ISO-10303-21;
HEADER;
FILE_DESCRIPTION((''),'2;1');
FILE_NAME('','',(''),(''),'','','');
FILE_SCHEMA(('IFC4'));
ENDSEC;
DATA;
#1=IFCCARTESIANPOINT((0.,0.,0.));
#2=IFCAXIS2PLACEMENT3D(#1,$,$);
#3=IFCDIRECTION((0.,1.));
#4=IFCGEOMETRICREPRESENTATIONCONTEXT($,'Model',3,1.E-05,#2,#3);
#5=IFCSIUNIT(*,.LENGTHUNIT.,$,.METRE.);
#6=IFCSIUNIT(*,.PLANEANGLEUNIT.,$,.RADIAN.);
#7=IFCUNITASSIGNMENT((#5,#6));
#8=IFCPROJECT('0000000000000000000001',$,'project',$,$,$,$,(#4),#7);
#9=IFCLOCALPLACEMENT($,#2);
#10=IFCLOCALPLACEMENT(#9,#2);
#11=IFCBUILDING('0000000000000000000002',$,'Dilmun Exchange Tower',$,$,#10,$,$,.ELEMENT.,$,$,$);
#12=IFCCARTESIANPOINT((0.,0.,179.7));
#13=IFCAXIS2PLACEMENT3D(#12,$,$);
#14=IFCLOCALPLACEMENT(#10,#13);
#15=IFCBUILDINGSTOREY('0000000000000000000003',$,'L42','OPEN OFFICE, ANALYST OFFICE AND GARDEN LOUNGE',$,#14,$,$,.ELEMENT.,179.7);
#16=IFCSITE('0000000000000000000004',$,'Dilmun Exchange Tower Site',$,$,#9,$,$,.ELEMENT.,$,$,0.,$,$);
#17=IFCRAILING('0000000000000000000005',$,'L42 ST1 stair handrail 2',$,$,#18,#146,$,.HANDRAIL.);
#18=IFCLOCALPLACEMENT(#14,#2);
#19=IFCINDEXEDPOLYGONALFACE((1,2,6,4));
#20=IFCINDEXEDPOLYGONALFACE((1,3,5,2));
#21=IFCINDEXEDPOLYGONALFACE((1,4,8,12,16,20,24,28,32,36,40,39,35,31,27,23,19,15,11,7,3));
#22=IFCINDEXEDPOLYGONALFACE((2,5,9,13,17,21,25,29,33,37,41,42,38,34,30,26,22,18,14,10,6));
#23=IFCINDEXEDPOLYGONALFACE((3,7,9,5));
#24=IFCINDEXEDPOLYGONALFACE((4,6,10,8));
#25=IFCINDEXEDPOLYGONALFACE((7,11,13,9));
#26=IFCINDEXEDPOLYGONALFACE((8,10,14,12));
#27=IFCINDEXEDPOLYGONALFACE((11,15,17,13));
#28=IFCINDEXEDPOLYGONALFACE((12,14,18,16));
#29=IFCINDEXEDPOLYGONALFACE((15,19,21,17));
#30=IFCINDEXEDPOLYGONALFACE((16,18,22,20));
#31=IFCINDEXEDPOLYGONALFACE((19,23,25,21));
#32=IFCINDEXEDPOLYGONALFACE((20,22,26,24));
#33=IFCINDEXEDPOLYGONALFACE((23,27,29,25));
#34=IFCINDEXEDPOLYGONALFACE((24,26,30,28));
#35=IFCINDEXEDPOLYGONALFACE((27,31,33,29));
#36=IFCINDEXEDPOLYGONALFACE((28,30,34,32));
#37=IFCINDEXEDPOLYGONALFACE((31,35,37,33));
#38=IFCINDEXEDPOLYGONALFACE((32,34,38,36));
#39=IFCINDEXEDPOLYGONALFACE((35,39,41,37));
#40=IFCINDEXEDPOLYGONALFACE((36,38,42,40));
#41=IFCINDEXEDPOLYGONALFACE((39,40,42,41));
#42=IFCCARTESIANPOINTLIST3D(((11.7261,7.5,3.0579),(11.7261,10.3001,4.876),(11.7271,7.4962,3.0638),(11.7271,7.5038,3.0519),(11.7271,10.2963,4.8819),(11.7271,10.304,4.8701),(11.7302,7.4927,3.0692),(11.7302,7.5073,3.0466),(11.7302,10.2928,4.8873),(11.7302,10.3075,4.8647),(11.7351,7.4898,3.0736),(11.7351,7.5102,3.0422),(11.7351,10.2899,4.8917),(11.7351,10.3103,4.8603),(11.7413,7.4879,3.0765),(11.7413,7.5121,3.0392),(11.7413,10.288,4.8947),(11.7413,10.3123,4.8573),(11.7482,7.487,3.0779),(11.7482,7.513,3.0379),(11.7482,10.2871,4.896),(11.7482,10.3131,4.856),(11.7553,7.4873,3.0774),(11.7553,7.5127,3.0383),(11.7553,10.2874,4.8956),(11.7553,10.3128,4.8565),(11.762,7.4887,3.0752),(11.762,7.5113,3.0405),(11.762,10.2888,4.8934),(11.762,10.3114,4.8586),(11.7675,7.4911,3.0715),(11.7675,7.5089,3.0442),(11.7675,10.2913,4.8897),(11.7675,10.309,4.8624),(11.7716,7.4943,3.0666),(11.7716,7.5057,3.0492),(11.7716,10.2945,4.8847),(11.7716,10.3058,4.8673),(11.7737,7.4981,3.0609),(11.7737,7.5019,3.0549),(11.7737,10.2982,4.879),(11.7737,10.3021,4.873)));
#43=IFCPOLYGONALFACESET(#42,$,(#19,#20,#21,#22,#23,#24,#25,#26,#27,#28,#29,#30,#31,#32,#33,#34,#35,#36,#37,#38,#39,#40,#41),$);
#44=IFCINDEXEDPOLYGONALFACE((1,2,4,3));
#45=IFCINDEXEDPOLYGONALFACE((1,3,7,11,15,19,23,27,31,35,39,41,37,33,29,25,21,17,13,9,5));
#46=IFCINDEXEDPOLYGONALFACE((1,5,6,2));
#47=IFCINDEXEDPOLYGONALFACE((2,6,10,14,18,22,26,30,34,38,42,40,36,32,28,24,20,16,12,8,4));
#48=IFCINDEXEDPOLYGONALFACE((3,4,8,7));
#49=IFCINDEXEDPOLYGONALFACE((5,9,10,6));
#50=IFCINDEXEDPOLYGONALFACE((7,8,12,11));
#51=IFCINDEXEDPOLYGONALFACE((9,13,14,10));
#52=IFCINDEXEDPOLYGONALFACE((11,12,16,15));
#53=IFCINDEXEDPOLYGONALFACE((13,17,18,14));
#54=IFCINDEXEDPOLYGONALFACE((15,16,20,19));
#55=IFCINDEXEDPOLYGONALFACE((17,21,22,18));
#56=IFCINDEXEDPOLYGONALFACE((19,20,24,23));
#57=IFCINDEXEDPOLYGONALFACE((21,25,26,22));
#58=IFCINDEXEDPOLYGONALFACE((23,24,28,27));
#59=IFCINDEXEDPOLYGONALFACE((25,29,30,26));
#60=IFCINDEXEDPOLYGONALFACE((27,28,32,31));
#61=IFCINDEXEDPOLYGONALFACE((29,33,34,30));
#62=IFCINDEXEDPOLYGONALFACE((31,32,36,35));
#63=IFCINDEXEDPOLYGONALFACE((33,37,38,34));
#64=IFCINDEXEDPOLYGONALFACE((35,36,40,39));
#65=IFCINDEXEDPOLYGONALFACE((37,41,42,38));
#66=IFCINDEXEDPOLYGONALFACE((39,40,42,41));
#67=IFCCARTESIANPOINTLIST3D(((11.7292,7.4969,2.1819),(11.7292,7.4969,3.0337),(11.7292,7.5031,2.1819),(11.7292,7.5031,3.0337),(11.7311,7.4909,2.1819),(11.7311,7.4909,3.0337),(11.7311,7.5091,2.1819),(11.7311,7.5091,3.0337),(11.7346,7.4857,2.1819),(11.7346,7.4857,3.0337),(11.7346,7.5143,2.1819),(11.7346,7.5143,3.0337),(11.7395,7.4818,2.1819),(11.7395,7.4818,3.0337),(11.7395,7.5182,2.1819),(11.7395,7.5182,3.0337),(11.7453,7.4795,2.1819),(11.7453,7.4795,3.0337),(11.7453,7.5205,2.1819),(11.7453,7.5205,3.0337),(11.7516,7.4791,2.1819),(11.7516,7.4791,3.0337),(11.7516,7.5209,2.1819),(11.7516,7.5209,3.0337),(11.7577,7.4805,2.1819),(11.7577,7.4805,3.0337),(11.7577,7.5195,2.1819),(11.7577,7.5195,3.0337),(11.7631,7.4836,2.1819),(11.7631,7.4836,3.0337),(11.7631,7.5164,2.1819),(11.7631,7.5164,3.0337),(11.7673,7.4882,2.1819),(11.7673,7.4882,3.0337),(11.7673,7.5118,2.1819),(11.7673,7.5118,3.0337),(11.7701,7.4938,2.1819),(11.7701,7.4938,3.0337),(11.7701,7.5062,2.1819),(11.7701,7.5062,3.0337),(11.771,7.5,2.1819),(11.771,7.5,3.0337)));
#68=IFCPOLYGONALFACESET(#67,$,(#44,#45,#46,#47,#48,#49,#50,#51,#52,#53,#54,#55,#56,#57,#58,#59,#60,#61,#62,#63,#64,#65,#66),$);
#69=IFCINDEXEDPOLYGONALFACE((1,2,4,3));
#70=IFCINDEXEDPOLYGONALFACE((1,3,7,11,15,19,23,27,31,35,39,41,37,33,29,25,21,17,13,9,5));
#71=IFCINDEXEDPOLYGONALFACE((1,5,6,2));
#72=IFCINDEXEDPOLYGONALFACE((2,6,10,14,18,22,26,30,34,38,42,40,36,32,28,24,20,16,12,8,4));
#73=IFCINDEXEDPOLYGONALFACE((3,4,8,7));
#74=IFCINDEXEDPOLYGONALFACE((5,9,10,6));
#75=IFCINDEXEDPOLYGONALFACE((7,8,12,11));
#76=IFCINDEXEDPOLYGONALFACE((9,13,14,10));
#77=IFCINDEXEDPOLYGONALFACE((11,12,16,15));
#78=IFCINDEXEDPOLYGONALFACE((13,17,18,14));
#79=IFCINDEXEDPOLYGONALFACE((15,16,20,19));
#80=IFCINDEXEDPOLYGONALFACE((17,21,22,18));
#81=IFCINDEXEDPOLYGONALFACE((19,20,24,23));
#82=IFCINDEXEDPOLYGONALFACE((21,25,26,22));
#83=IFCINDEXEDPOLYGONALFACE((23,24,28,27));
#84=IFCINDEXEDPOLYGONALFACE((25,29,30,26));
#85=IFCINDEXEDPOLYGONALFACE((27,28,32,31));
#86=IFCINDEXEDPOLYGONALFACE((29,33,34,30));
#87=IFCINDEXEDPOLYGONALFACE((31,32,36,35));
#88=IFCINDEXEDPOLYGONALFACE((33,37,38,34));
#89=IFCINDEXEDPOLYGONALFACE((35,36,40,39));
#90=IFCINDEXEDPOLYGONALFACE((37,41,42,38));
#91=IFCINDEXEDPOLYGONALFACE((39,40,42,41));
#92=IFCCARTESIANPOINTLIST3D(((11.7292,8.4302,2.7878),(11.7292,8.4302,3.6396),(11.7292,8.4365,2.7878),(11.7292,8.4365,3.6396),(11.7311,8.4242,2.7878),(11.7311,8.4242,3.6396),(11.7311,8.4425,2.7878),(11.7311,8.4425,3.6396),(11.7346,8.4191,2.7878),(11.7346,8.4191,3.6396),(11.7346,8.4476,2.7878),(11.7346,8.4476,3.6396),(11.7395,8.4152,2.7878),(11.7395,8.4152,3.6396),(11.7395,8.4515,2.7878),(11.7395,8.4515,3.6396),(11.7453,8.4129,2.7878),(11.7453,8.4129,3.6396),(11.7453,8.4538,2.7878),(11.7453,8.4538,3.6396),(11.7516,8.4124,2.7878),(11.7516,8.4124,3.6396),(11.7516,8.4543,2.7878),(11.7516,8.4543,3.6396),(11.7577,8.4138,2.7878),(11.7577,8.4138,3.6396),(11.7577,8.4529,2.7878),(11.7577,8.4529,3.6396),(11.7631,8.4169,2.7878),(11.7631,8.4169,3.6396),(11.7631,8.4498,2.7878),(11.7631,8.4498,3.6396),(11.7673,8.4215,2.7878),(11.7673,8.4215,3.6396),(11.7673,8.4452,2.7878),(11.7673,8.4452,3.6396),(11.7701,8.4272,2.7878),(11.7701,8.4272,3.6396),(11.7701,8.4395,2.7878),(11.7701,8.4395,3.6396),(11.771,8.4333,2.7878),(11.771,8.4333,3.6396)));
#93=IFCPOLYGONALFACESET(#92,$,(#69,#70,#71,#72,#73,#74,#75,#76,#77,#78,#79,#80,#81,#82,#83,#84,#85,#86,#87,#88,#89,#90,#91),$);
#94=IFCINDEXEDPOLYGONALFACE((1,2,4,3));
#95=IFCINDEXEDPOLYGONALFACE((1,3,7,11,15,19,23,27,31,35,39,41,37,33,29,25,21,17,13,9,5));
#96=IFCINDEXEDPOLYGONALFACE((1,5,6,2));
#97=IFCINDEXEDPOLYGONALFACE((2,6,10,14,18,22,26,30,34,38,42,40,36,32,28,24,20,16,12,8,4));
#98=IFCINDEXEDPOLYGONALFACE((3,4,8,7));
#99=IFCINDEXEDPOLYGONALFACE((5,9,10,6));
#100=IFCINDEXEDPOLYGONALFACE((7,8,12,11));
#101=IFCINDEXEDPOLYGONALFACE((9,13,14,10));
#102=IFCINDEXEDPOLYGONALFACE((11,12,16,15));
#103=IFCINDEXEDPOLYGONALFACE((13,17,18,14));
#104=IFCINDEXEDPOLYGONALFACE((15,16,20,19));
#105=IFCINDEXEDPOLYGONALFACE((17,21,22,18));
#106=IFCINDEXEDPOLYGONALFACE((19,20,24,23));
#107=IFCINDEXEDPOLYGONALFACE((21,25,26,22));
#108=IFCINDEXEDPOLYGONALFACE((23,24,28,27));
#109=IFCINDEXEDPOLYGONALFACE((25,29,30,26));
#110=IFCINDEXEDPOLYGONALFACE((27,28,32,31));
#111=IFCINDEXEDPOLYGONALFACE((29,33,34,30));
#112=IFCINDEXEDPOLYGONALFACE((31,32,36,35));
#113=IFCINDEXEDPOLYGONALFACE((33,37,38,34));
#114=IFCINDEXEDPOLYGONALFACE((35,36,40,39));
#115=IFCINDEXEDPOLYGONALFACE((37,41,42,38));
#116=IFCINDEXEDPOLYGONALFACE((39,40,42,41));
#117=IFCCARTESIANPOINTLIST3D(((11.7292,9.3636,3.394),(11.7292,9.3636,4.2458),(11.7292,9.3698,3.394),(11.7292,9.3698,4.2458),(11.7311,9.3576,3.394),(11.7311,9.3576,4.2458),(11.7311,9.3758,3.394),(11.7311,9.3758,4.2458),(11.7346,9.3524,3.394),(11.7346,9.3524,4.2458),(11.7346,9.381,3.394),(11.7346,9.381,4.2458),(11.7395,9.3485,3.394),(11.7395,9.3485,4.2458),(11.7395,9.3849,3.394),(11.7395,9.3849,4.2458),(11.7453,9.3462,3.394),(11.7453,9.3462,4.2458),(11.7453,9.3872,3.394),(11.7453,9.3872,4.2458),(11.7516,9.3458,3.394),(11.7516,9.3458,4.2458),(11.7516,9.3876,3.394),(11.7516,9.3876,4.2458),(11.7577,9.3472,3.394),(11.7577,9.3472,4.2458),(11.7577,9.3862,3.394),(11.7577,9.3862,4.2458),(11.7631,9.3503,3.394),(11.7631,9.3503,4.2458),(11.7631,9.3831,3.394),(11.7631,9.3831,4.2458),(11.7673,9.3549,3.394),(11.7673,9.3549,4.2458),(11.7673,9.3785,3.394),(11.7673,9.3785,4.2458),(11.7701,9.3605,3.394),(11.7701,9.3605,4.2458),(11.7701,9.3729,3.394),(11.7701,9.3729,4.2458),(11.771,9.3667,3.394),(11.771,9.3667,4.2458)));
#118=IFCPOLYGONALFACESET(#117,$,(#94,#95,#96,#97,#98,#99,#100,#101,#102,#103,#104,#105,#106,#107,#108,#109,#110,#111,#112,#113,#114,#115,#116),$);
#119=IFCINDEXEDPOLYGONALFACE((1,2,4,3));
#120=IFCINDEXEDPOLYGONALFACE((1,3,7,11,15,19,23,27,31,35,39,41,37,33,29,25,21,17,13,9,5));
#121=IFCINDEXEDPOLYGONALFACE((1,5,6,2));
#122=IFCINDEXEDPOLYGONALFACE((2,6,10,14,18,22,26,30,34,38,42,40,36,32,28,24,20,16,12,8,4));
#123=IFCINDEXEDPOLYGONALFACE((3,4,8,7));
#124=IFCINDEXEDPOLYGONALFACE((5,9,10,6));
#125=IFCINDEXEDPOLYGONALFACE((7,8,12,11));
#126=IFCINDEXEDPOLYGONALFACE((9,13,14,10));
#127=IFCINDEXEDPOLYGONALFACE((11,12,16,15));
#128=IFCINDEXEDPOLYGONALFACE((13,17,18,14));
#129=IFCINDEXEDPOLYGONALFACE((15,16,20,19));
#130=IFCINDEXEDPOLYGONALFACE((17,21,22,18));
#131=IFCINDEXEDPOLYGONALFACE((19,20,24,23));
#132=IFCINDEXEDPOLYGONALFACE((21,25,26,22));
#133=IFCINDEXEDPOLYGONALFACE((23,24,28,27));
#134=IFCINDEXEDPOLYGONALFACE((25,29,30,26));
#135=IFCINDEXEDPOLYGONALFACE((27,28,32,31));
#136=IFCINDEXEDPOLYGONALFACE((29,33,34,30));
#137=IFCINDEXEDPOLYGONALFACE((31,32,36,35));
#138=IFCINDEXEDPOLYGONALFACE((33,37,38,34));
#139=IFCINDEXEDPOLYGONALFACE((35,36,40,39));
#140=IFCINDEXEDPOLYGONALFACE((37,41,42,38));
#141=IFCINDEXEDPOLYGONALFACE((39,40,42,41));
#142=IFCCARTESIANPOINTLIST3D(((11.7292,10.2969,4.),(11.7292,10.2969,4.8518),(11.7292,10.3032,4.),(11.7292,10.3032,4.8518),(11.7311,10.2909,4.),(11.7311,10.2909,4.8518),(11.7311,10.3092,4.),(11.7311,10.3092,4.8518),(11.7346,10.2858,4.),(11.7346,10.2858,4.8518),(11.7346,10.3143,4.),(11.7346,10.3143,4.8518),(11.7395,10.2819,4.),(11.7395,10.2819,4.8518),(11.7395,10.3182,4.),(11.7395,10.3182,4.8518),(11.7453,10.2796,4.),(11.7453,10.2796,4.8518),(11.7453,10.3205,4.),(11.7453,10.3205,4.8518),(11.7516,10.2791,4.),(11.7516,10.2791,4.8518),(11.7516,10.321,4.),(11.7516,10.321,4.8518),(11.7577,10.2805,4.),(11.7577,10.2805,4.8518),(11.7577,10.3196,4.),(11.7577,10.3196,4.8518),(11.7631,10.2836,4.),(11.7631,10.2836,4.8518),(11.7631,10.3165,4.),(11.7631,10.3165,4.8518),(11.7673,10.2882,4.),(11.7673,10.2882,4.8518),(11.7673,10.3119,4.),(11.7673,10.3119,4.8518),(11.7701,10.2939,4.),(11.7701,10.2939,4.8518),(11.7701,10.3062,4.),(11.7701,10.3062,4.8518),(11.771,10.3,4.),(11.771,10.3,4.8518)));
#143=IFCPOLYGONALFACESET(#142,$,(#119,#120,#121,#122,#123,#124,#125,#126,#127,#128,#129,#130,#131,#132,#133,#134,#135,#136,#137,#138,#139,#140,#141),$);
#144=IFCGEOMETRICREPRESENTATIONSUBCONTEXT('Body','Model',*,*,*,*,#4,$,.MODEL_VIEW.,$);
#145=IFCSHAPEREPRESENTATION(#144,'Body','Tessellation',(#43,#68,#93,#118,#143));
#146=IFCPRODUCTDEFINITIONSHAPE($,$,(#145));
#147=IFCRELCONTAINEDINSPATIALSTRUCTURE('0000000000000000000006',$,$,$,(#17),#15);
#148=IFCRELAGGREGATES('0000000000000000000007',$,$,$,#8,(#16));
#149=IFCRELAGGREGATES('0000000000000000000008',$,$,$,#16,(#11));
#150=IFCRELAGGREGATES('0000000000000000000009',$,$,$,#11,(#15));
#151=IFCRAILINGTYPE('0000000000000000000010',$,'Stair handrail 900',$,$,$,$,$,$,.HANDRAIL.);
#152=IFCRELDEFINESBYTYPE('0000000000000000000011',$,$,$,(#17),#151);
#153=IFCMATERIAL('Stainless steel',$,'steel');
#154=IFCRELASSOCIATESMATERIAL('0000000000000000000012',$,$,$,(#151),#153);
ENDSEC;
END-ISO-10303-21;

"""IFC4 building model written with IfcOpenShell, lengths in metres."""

from ifc_helpers import new_model, si_unit, direction, frame, origin, origin_2d, place, context, subcontext, project, spatial, circle, extrude, material, type_object, element, save


model = new_model("IFC4")

# Units and contexts
model_context = context("Model", 3, precision=1e-05, world=origin(), true_north=direction((0.0, 1.0)))
body_context = subcontext(model_context, "Body", "Model", "MODEL_VIEW")
ifc_project = project(units=[si_unit("LENGTHUNIT", "METRE"), si_unit("PLANEANGLEUNIT", "RADIAN")], contexts=[model_context])

# Site, building, storey
site_placement = place(None, origin())
site = spatial("IfcSite", under=ifc_project, at=site_placement, Name="Dilmun Exchange Tower Site", CompositionType="ELEMENT", RefElevation=0.0)
building_placement = place(site_placement, origin())
building = spatial("IfcBuilding", under=site, at=building_placement, Name="Dilmun Exchange Tower", CompositionType="ELEMENT")
storey_placement = place(building_placement, frame((0.0, 0.0, 179.7)))
storey = spatial("IfcBuildingStorey", under=building, at=storey_placement, Name="L42", Description="OPEN OFFICE, ANALYST OFFICE AND GARDEN LOUNGE", CompositionType="ELEMENT", Elevation=179.7)

# Railing
ifc_material_1 = material(Name="Stainless steel", Category="steel")
railing_type = type_object("IfcRailingType", Name="Stair handrail 900", PredefinedType="HANDRAIL", material=ifc_material_1)
railing_1_placement = place(storey_placement, frame((11.75, 7.5, 2.1819)))
element("IfcRailing", 1, at=railing_1_placement, inside=storey, type_object=railing_type, Name="L42 ST1 stair handrail 2", PredefinedType="HANDRAIL", context=body_context, shape_type="SweptSolid", body=[
    extrude(circle(Radius=0.0239, at=origin_2d()), frame((0.0, 0.0, 0.876), z_axis=(0.0, 0.838706, 0.544585), x_axis=(-1.0, 0.0, 0.0)), (0.0, 0.0, 1.0), 3.3386),
    extrude(circle(Radius=0.021, at=origin_2d()), origin(), (0.0, 0.0, 1.0), 0.8518),
    extrude(circle(Radius=0.021, at=origin_2d()), frame((0.0, 0.9333, 0.606)), (0.0, 0.0, 1.0), 0.8518),
    extrude(circle(Radius=0.021, at=origin_2d()), frame((0.0, 1.8667, 1.2122)), (0.0, 0.0, 1.0), 0.8518),
    extrude(circle(Radius=0.021, at=origin_2d()), frame((0.0, 2.8, 1.8181)), (0.0, 0.0, 1.0), 0.8518),
])

save(model, "model.ifc")
